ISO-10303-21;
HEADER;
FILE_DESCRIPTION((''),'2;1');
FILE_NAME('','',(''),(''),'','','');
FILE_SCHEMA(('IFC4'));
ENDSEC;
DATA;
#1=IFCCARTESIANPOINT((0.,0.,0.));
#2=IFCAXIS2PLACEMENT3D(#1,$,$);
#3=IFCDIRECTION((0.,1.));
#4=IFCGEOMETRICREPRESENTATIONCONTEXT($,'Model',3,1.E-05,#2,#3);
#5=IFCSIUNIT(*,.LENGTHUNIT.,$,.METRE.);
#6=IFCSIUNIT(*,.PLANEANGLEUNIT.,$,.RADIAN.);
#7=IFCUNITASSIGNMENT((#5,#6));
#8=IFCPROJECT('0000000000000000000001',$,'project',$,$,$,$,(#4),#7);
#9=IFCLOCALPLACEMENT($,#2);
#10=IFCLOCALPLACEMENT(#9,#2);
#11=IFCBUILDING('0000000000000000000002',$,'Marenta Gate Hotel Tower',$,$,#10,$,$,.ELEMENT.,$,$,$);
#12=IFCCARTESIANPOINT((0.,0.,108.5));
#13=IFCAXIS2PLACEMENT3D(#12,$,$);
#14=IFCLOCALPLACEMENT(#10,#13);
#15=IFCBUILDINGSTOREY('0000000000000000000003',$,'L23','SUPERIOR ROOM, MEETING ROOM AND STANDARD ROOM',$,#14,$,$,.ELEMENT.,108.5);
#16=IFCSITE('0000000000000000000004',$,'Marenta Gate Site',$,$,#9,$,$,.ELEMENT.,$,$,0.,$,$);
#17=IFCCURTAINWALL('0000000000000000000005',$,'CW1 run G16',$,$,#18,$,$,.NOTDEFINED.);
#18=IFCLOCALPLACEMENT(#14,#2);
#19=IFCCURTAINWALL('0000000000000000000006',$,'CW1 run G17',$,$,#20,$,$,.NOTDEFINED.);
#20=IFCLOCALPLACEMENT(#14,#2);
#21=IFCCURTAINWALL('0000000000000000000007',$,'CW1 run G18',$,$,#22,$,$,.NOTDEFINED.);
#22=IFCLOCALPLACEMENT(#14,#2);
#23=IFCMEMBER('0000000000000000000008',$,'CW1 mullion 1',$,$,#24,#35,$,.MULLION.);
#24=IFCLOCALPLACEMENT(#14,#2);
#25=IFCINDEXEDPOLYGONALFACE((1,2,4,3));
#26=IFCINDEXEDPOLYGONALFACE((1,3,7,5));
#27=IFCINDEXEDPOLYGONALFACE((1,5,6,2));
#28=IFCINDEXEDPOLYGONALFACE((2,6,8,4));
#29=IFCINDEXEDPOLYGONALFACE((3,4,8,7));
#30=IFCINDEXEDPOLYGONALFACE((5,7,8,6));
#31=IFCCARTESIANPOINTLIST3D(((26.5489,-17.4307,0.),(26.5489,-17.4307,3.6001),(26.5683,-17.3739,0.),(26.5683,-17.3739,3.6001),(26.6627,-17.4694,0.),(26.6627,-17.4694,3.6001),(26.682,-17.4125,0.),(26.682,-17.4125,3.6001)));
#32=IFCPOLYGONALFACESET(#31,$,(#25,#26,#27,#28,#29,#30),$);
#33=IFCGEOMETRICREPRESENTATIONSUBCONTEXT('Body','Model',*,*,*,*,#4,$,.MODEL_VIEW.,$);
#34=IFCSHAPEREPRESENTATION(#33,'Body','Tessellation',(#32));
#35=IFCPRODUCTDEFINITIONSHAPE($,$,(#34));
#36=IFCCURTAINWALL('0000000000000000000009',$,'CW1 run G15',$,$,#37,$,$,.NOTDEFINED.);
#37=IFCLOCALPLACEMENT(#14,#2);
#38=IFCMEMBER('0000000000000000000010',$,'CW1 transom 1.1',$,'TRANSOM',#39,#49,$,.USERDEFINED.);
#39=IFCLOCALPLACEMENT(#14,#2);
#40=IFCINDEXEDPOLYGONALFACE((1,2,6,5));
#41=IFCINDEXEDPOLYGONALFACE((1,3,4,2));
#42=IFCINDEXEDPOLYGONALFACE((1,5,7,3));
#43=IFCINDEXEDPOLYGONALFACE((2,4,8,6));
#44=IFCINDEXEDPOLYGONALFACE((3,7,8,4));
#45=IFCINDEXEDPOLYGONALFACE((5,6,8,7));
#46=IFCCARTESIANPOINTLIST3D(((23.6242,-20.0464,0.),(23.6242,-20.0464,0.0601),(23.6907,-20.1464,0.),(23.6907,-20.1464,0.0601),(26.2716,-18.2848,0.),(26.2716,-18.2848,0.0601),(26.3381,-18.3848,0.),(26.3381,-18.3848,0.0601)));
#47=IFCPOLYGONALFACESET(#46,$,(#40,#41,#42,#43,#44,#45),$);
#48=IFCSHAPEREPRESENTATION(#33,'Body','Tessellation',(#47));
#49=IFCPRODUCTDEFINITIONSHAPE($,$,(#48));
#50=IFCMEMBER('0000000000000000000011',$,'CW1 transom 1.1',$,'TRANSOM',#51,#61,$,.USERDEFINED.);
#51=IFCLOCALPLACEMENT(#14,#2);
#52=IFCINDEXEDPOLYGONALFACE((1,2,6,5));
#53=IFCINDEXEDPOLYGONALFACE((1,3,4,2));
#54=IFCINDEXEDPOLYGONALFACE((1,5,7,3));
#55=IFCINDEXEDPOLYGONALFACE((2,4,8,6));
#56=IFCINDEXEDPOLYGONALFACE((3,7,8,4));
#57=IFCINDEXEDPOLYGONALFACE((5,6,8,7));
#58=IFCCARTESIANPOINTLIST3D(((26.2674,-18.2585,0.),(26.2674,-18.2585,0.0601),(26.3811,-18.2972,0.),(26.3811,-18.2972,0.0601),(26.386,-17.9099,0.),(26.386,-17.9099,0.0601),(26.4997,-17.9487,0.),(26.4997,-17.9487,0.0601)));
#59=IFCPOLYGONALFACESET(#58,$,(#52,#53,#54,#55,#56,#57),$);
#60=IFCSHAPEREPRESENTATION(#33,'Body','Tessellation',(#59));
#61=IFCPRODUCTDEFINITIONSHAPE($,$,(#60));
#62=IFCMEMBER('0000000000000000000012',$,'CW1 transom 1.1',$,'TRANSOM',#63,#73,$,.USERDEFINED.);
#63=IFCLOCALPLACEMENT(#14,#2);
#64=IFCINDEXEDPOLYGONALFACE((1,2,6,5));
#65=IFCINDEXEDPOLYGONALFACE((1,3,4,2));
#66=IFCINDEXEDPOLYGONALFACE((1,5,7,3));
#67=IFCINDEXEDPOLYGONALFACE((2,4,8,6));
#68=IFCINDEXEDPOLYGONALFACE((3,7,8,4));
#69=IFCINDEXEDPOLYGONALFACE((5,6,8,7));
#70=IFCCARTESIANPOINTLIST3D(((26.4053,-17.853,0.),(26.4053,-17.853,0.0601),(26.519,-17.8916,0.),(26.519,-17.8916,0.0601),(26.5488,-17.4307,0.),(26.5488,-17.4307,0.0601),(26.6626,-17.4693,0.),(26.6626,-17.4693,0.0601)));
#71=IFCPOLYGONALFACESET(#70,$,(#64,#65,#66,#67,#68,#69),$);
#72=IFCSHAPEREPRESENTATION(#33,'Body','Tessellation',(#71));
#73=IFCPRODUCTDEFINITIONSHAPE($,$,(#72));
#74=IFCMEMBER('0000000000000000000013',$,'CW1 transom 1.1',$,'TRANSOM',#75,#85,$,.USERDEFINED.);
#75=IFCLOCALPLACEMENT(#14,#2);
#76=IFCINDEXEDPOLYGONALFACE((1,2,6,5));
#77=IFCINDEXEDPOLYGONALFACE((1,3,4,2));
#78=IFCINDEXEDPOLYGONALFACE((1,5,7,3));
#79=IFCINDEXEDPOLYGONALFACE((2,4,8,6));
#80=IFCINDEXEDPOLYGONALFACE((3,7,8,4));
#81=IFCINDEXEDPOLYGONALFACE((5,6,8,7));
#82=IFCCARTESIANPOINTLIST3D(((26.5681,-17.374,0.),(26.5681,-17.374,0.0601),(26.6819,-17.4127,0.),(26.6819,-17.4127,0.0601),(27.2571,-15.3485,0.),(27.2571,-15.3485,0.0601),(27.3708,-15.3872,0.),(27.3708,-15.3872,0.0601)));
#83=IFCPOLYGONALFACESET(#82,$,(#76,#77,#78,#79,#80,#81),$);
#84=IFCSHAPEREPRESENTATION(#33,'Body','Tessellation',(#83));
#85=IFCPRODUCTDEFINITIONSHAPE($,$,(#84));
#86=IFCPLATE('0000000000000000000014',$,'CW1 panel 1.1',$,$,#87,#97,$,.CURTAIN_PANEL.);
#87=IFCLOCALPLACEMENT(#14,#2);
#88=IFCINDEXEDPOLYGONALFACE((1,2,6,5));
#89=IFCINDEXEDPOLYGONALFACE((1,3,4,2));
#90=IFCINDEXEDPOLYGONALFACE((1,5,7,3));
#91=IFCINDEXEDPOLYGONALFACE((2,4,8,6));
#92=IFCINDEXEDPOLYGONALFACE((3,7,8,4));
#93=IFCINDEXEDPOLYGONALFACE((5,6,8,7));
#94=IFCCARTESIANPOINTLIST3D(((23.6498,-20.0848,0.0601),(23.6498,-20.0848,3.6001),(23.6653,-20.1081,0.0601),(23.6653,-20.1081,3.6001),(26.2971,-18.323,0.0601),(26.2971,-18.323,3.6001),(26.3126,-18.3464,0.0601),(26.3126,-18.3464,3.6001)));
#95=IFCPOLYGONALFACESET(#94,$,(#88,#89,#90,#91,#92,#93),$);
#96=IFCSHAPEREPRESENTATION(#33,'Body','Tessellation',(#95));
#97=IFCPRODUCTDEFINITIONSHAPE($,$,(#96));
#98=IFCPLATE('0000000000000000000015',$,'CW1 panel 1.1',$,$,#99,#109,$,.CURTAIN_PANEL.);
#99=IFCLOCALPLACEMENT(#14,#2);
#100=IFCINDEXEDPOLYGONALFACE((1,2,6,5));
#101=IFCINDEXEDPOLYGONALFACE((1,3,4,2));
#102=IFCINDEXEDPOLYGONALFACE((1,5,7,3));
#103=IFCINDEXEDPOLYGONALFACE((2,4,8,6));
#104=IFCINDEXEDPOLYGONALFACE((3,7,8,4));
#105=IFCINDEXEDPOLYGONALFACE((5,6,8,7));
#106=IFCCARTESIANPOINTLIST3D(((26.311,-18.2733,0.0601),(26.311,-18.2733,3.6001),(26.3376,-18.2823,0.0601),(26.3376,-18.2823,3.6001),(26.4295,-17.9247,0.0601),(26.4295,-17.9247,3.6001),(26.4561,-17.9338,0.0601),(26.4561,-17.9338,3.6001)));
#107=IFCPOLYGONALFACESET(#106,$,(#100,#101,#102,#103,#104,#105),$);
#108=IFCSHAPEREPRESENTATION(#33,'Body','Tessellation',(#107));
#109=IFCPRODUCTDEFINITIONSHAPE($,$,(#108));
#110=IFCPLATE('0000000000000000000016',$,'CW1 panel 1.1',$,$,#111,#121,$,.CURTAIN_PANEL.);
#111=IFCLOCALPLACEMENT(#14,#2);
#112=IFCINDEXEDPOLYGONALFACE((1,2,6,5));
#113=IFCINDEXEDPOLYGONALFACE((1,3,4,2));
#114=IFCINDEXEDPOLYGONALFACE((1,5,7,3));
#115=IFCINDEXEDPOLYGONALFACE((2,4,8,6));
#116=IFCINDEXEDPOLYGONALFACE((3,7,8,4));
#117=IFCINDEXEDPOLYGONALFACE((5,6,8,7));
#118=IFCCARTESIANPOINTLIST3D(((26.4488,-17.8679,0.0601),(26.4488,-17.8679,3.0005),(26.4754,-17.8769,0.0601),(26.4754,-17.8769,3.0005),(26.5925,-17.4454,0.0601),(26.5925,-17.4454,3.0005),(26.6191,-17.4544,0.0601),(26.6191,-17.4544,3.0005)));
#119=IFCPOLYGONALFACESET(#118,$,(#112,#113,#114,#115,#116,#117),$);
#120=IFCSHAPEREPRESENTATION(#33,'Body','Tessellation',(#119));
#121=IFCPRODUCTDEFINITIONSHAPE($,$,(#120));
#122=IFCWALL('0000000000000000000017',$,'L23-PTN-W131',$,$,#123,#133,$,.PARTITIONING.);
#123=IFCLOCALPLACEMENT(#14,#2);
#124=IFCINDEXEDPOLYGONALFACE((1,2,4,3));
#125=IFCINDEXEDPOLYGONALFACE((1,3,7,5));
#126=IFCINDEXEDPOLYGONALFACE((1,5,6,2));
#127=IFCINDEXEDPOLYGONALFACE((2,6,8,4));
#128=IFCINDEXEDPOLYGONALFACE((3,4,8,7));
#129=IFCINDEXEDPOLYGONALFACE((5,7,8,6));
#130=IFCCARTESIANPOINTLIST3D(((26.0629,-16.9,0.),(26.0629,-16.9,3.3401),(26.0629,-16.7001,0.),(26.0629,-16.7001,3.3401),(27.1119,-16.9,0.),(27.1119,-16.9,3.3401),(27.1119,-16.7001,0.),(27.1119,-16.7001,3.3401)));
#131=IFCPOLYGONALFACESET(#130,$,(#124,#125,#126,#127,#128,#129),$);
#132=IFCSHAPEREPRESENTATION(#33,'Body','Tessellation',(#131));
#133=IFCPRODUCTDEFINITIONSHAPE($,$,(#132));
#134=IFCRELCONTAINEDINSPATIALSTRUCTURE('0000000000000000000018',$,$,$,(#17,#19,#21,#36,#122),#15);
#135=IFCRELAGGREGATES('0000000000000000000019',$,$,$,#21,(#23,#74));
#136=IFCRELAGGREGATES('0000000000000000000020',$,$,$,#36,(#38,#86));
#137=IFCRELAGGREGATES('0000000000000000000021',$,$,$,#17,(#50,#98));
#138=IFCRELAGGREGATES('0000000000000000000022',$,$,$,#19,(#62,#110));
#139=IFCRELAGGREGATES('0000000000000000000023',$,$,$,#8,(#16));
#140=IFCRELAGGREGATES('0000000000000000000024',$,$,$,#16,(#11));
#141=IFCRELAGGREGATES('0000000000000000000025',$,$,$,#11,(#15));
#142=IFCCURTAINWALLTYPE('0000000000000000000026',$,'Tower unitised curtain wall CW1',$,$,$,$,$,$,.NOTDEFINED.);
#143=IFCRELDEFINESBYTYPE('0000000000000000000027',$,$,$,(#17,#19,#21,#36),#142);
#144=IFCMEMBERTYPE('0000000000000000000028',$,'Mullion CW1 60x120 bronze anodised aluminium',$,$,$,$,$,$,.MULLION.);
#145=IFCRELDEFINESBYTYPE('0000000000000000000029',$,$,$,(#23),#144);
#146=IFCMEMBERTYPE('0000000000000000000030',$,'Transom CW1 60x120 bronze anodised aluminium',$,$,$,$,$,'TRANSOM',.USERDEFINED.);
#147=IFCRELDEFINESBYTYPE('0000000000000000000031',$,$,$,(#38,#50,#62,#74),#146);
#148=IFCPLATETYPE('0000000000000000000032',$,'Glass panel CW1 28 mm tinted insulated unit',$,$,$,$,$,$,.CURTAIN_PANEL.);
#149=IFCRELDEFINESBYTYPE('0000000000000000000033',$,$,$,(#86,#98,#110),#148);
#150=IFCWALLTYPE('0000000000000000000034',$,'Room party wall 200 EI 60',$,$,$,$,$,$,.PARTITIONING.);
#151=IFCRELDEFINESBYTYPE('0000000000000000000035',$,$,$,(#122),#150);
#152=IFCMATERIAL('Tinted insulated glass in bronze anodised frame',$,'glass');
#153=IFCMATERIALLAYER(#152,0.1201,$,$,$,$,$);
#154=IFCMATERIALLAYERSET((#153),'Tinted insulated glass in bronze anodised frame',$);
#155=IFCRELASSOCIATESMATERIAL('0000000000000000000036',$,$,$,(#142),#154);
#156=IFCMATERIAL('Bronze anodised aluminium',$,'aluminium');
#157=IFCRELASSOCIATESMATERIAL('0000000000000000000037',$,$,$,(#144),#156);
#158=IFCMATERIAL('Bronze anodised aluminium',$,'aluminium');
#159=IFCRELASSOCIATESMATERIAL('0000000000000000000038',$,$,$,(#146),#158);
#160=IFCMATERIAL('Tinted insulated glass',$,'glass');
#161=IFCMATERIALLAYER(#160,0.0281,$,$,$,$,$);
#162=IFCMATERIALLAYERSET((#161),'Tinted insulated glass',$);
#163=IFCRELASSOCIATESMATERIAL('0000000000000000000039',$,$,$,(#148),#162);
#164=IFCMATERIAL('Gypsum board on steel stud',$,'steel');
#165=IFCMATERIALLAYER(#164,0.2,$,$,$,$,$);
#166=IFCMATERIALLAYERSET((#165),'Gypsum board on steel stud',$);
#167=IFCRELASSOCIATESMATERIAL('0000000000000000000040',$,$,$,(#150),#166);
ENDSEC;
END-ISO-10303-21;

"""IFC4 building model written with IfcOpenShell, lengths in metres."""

from ifc_helpers import new_model, si_unit, direction, frame, frame_2d, origin, origin_2d, place, context, subcontext, project, spatial, rectangle, extrude, material, layer, layer_set, material_profile, profile_set, type_object, element, aggregate, save


model = new_model("IFC4")

# Units and contexts
model_context = context("Model", 3, precision=1e-05, world=origin(), true_north=direction((0.0, 1.0)))
body_context = subcontext(model_context, "Body", "Model", "MODEL_VIEW")
ifc_project = project(units=[si_unit("LENGTHUNIT", "METRE"), si_unit("PLANEANGLEUNIT", "RADIAN")], contexts=[model_context])

# Site, building, storey
site_placement = place(None, origin())
site = spatial("IfcSite", under=ifc_project, at=site_placement, Name="Marenta Gate Site", CompositionType="ELEMENT", RefElevation=0.0)
building_placement = place(site_placement, origin())
building = spatial("IfcBuilding", under=site, at=building_placement, Name="Marenta Gate Hotel Tower", CompositionType="ELEMENT")
storey_placement = place(building_placement, frame((0.0, 0.0, 108.5)))
storey = spatial("IfcBuildingStorey", under=building, at=storey_placement, Name="L23", Description="SUPERIOR ROOM, MEETING ROOM AND STANDARD ROOM", CompositionType="ELEMENT", Elevation=108.5)

# Curtain walls, members
ifc_material_1 = material(Name="Tinted insulated glass in bronze anodised frame", Category="glass")
ifc_layer_1 = layer(ifc_material_1, 0.1201)
ifc_layer_set_1 = layer_set([ifc_layer_1], Name="Tinted insulated glass in bronze anodised frame")
curtain_wall_type = type_object("IfcCurtainWallType", Name="Tower unitised curtain wall CW1", PredefinedType="NOTDEFINED", material=ifc_layer_set_1)
curtain_wall_1_placement = place(storey_placement, origin())
curtain_wall_1 = element("IfcCurtainWall", 1, at=curtain_wall_1_placement, inside=storey, type_object=curtain_wall_type, Name="CW1 run G16", PredefinedType="NOTDEFINED")
ifc_material_2 = material(Name="Bronze anodised aluminium", Category="aluminium")
ifc_material_profile_1 = material_profile(ifc_material_2, rectangle(XDim=0.1201, YDim=0.0601, at=origin_2d()), Name="Mullion CW1 60x120 bronze anodised aluminium")
ifc_profile_set_1 = profile_set([ifc_material_profile_1], Name="Bronze anodised aluminium")
member_type_1 = type_object("IfcMemberType", Name="Mullion CW1 60x120 bronze anodised aluminium", PredefinedType="MULLION", material=ifc_profile_set_1)
curtain_wall_2_placement = place(storey_placement, origin())
curtain_wall_2 = element("IfcCurtainWall", 2, at=curtain_wall_2_placement, inside=storey, type_object=curtain_wall_type, Name="CW1 run G17", PredefinedType="NOTDEFINED")
curtain_wall_3_placement = place(storey_placement, origin())
curtain_wall_3 = element("IfcCurtainWall", 3, at=curtain_wall_3_placement, inside=storey, type_object=curtain_wall_type, Name="CW1 run G18", PredefinedType="NOTDEFINED")
member_1_placement = place(storey_placement, frame((26.6155, -17.4216, 0.0), z_axis=(0.0, 0.0, 1.0), x_axis=(-0.946728, 0.322033, 0.0)))
member_1 = element("IfcMember", 4, at=member_1_placement, type_object=member_type_1, Name="CW1 mullion 1", PredefinedType="MULLION", context=body_context, shape_type="SweptSolid", body=[
    extrude(rectangle(XDim=0.1201, YDim=0.0601, at=origin_2d()), origin(), (0.0, 0.0, 1.0), 3.6001),
])
curtain_wall_4_placement = place(storey_placement, origin())
curtain_wall_4 = element("IfcCurtainWall", 5, at=curtain_wall_4_placement, inside=storey, type_object=curtain_wall_type, Name="CW1 run G15", PredefinedType="NOTDEFINED")
ifc_material_3 = material(Name="Bronze anodised aluminium", Category="aluminium")
ifc_material_profile_2 = material_profile(ifc_material_3, rectangle(XDim=0.1201, YDim=0.0601, at=origin_2d()), Name="Transom CW1 60x120 bronze anodised aluminium")
ifc_profile_set_2 = profile_set([ifc_material_profile_2], Name="Bronze anodised aluminium")
member_type_2 = type_object("IfcMemberType", Name="Transom CW1 60x120 bronze anodised aluminium", ElementType="TRANSOM", PredefinedType="USERDEFINED", material=ifc_profile_set_2)
member_2_placement = place(storey_placement, frame((23.6575, -20.0964, 0.03), z_axis=(0.832522, 0.553991, 0.0), x_axis=(-0.553991, 0.832522, 0.0)))
member_2 = element("IfcMember", 6, at=member_2_placement, type_object=member_type_2, Name="CW1 transom 1.1", ObjectType="TRANSOM", PredefinedType="USERDEFINED", context=body_context, shape_type="SweptSolid", body=[
    extrude(rectangle(XDim=0.1201, YDim=0.0601, at=origin_2d()), origin(), (0.0, 0.0, 1.0), 3.1799),
])

# Members
member_3_placement = place(storey_placement, frame((26.3242, -18.2778, 0.03), z_axis=(0.322188, 0.946676, 0.0), x_axis=(-0.946676, 0.322188, 0.0)))
member_3 = element("IfcMember", 7, at=member_3_placement, type_object=member_type_2, Name="CW1 transom 1.1", ObjectType="TRANSOM", PredefinedType="USERDEFINED", context=body_context, shape_type="SweptSolid", body=[
    extrude(rectangle(XDim=0.1201, YDim=0.0601, at=origin_2d()), origin(), (0.0, 0.0, 1.0), 0.3682),
])
member_4_placement = place(storey_placement, frame((26.4622, -17.8723, 0.03), z_axis=(0.321805, 0.946806, 0.0), x_axis=(-0.946806, 0.321805, 0.0)))
member_4 = element("IfcMember", 8, at=member_4_placement, type_object=member_type_2, Name="CW1 transom 1.1", ObjectType="TRANSOM", PredefinedType="USERDEFINED", context=body_context, shape_type="SweptSolid", body=[
    extrude(rectangle(XDim=0.1201, YDim=0.0601, at=origin_2d()), origin(), (0.0, 0.0, 1.0), 0.446),
])
member_5_placement = place(storey_placement, frame((26.625, -17.3933, 0.03), z_axis=(0.322042, 0.946725, 0.0), x_axis=(-0.946725, 0.322042, 0.0)))
member_5 = element("IfcMember", 9, at=member_5_placement, type_object=member_type_2, Name="CW1 transom 1.1", ObjectType="TRANSOM", PredefinedType="USERDEFINED", context=body_context, shape_type="SweptSolid", body=[
    extrude(rectangle(XDim=0.1201, YDim=0.0601, at=origin_2d()), origin(), (0.0, 0.0, 1.0), 2.1394),
])
aggregate(curtain_wall_3, [member_1, member_5])

# Plates
ifc_material_4 = material(Name="Tinted insulated glass", Category="glass")
ifc_layer_2 = layer(ifc_material_4, 0.0281)
ifc_layer_set_2 = layer_set([ifc_layer_2], Name="Tinted insulated glass")
plate_type = type_object("IfcPlateType", Name="Glass panel CW1 28 mm tinted insulated unit", PredefinedType="CURTAIN_PANEL", material=ifc_layer_set_2)
plate_1_placement = place(storey_placement, frame((24.9812, -19.2156, 0.0601), z_axis=(0.0, 0.0, 1.0), x_axis=(0.832506, 0.554016, 0.0)))
plate_1 = element("IfcPlate", 10, at=plate_1_placement, type_object=plate_type, Name="CW1 panel 1.1", PredefinedType="CURTAIN_PANEL", context=body_context, shape_type="SweptSolid", body=[
    extrude(rectangle(XDim=3.1799, YDim=0.0281, at=origin_2d()), origin(), (0.0, 0.0, 1.0), 3.54),
])
aggregate(curtain_wall_4, [member_2, plate_1])
plate_2_placement = place(storey_placement, frame((26.3835, -18.1035, 0.0601), z_axis=(0.0, 0.0, 1.0), x_axis=(0.322037, 0.946727, 0.0)))
plate_2 = element("IfcPlate", 11, at=plate_2_placement, type_object=plate_type, Name="CW1 panel 1.1", PredefinedType="CURTAIN_PANEL", context=body_context, shape_type="SweptSolid", body=[
    extrude(rectangle(XDim=0.3682, YDim=0.0281, at=origin_2d()), origin(), (0.0, 0.0, 1.0), 3.54),
])
aggregate(curtain_wall_1, [member_3, plate_2])
plate_3_placement = place(storey_placement, frame((26.5339, -17.6611, 0.0601), z_axis=(0.0, 0.0, 1.0), x_axis=(0.32203, 0.946729, 0.0)))
plate_3 = element("IfcPlate", 12, at=plate_3_placement, type_object=plate_type, Name="CW1 panel 1.1", PredefinedType="CURTAIN_PANEL", context=body_context, shape_type="SweptSolid", body=[
    extrude(rectangle(XDim=0.4463, YDim=0.0281, at=origin_2d()), origin(), (0.0, 0.0, 1.0), 2.9404),
])
aggregate(curtain_wall_2, [member_4, plate_3])

# Wall
ifc_material_5 = material(Name="Gypsum board on steel stud", Category="steel")
ifc_layer_3 = layer(ifc_material_5, 0.2)
ifc_layer_set_3 = layer_set([ifc_layer_3], Name="Gypsum board on steel stud")
wall_type = type_object("IfcWallType", Name="Room party wall 200 EI 60", PredefinedType="PARTITIONING", material=ifc_layer_set_3)
wall_placement = place(storey_placement, frame((26.063, -16.8, 0.0), z_axis=(0.0, 0.0, 1.0), x_axis=(1.0, 0.0, 0.0)))
element("IfcWall", 13, at=wall_placement, inside=storey, type_object=wall_type, Name="L23-PTN-W131", PredefinedType="PARTITIONING", context=body_context, shape_type="SweptSolid", body=[
    extrude(rectangle(XDim=1.0491, YDim=0.2, at=frame_2d((0.5244, 0.0))), origin(), (0.0, 0.0, 1.0), 3.3401),
])

save(model, "model.ifc")
